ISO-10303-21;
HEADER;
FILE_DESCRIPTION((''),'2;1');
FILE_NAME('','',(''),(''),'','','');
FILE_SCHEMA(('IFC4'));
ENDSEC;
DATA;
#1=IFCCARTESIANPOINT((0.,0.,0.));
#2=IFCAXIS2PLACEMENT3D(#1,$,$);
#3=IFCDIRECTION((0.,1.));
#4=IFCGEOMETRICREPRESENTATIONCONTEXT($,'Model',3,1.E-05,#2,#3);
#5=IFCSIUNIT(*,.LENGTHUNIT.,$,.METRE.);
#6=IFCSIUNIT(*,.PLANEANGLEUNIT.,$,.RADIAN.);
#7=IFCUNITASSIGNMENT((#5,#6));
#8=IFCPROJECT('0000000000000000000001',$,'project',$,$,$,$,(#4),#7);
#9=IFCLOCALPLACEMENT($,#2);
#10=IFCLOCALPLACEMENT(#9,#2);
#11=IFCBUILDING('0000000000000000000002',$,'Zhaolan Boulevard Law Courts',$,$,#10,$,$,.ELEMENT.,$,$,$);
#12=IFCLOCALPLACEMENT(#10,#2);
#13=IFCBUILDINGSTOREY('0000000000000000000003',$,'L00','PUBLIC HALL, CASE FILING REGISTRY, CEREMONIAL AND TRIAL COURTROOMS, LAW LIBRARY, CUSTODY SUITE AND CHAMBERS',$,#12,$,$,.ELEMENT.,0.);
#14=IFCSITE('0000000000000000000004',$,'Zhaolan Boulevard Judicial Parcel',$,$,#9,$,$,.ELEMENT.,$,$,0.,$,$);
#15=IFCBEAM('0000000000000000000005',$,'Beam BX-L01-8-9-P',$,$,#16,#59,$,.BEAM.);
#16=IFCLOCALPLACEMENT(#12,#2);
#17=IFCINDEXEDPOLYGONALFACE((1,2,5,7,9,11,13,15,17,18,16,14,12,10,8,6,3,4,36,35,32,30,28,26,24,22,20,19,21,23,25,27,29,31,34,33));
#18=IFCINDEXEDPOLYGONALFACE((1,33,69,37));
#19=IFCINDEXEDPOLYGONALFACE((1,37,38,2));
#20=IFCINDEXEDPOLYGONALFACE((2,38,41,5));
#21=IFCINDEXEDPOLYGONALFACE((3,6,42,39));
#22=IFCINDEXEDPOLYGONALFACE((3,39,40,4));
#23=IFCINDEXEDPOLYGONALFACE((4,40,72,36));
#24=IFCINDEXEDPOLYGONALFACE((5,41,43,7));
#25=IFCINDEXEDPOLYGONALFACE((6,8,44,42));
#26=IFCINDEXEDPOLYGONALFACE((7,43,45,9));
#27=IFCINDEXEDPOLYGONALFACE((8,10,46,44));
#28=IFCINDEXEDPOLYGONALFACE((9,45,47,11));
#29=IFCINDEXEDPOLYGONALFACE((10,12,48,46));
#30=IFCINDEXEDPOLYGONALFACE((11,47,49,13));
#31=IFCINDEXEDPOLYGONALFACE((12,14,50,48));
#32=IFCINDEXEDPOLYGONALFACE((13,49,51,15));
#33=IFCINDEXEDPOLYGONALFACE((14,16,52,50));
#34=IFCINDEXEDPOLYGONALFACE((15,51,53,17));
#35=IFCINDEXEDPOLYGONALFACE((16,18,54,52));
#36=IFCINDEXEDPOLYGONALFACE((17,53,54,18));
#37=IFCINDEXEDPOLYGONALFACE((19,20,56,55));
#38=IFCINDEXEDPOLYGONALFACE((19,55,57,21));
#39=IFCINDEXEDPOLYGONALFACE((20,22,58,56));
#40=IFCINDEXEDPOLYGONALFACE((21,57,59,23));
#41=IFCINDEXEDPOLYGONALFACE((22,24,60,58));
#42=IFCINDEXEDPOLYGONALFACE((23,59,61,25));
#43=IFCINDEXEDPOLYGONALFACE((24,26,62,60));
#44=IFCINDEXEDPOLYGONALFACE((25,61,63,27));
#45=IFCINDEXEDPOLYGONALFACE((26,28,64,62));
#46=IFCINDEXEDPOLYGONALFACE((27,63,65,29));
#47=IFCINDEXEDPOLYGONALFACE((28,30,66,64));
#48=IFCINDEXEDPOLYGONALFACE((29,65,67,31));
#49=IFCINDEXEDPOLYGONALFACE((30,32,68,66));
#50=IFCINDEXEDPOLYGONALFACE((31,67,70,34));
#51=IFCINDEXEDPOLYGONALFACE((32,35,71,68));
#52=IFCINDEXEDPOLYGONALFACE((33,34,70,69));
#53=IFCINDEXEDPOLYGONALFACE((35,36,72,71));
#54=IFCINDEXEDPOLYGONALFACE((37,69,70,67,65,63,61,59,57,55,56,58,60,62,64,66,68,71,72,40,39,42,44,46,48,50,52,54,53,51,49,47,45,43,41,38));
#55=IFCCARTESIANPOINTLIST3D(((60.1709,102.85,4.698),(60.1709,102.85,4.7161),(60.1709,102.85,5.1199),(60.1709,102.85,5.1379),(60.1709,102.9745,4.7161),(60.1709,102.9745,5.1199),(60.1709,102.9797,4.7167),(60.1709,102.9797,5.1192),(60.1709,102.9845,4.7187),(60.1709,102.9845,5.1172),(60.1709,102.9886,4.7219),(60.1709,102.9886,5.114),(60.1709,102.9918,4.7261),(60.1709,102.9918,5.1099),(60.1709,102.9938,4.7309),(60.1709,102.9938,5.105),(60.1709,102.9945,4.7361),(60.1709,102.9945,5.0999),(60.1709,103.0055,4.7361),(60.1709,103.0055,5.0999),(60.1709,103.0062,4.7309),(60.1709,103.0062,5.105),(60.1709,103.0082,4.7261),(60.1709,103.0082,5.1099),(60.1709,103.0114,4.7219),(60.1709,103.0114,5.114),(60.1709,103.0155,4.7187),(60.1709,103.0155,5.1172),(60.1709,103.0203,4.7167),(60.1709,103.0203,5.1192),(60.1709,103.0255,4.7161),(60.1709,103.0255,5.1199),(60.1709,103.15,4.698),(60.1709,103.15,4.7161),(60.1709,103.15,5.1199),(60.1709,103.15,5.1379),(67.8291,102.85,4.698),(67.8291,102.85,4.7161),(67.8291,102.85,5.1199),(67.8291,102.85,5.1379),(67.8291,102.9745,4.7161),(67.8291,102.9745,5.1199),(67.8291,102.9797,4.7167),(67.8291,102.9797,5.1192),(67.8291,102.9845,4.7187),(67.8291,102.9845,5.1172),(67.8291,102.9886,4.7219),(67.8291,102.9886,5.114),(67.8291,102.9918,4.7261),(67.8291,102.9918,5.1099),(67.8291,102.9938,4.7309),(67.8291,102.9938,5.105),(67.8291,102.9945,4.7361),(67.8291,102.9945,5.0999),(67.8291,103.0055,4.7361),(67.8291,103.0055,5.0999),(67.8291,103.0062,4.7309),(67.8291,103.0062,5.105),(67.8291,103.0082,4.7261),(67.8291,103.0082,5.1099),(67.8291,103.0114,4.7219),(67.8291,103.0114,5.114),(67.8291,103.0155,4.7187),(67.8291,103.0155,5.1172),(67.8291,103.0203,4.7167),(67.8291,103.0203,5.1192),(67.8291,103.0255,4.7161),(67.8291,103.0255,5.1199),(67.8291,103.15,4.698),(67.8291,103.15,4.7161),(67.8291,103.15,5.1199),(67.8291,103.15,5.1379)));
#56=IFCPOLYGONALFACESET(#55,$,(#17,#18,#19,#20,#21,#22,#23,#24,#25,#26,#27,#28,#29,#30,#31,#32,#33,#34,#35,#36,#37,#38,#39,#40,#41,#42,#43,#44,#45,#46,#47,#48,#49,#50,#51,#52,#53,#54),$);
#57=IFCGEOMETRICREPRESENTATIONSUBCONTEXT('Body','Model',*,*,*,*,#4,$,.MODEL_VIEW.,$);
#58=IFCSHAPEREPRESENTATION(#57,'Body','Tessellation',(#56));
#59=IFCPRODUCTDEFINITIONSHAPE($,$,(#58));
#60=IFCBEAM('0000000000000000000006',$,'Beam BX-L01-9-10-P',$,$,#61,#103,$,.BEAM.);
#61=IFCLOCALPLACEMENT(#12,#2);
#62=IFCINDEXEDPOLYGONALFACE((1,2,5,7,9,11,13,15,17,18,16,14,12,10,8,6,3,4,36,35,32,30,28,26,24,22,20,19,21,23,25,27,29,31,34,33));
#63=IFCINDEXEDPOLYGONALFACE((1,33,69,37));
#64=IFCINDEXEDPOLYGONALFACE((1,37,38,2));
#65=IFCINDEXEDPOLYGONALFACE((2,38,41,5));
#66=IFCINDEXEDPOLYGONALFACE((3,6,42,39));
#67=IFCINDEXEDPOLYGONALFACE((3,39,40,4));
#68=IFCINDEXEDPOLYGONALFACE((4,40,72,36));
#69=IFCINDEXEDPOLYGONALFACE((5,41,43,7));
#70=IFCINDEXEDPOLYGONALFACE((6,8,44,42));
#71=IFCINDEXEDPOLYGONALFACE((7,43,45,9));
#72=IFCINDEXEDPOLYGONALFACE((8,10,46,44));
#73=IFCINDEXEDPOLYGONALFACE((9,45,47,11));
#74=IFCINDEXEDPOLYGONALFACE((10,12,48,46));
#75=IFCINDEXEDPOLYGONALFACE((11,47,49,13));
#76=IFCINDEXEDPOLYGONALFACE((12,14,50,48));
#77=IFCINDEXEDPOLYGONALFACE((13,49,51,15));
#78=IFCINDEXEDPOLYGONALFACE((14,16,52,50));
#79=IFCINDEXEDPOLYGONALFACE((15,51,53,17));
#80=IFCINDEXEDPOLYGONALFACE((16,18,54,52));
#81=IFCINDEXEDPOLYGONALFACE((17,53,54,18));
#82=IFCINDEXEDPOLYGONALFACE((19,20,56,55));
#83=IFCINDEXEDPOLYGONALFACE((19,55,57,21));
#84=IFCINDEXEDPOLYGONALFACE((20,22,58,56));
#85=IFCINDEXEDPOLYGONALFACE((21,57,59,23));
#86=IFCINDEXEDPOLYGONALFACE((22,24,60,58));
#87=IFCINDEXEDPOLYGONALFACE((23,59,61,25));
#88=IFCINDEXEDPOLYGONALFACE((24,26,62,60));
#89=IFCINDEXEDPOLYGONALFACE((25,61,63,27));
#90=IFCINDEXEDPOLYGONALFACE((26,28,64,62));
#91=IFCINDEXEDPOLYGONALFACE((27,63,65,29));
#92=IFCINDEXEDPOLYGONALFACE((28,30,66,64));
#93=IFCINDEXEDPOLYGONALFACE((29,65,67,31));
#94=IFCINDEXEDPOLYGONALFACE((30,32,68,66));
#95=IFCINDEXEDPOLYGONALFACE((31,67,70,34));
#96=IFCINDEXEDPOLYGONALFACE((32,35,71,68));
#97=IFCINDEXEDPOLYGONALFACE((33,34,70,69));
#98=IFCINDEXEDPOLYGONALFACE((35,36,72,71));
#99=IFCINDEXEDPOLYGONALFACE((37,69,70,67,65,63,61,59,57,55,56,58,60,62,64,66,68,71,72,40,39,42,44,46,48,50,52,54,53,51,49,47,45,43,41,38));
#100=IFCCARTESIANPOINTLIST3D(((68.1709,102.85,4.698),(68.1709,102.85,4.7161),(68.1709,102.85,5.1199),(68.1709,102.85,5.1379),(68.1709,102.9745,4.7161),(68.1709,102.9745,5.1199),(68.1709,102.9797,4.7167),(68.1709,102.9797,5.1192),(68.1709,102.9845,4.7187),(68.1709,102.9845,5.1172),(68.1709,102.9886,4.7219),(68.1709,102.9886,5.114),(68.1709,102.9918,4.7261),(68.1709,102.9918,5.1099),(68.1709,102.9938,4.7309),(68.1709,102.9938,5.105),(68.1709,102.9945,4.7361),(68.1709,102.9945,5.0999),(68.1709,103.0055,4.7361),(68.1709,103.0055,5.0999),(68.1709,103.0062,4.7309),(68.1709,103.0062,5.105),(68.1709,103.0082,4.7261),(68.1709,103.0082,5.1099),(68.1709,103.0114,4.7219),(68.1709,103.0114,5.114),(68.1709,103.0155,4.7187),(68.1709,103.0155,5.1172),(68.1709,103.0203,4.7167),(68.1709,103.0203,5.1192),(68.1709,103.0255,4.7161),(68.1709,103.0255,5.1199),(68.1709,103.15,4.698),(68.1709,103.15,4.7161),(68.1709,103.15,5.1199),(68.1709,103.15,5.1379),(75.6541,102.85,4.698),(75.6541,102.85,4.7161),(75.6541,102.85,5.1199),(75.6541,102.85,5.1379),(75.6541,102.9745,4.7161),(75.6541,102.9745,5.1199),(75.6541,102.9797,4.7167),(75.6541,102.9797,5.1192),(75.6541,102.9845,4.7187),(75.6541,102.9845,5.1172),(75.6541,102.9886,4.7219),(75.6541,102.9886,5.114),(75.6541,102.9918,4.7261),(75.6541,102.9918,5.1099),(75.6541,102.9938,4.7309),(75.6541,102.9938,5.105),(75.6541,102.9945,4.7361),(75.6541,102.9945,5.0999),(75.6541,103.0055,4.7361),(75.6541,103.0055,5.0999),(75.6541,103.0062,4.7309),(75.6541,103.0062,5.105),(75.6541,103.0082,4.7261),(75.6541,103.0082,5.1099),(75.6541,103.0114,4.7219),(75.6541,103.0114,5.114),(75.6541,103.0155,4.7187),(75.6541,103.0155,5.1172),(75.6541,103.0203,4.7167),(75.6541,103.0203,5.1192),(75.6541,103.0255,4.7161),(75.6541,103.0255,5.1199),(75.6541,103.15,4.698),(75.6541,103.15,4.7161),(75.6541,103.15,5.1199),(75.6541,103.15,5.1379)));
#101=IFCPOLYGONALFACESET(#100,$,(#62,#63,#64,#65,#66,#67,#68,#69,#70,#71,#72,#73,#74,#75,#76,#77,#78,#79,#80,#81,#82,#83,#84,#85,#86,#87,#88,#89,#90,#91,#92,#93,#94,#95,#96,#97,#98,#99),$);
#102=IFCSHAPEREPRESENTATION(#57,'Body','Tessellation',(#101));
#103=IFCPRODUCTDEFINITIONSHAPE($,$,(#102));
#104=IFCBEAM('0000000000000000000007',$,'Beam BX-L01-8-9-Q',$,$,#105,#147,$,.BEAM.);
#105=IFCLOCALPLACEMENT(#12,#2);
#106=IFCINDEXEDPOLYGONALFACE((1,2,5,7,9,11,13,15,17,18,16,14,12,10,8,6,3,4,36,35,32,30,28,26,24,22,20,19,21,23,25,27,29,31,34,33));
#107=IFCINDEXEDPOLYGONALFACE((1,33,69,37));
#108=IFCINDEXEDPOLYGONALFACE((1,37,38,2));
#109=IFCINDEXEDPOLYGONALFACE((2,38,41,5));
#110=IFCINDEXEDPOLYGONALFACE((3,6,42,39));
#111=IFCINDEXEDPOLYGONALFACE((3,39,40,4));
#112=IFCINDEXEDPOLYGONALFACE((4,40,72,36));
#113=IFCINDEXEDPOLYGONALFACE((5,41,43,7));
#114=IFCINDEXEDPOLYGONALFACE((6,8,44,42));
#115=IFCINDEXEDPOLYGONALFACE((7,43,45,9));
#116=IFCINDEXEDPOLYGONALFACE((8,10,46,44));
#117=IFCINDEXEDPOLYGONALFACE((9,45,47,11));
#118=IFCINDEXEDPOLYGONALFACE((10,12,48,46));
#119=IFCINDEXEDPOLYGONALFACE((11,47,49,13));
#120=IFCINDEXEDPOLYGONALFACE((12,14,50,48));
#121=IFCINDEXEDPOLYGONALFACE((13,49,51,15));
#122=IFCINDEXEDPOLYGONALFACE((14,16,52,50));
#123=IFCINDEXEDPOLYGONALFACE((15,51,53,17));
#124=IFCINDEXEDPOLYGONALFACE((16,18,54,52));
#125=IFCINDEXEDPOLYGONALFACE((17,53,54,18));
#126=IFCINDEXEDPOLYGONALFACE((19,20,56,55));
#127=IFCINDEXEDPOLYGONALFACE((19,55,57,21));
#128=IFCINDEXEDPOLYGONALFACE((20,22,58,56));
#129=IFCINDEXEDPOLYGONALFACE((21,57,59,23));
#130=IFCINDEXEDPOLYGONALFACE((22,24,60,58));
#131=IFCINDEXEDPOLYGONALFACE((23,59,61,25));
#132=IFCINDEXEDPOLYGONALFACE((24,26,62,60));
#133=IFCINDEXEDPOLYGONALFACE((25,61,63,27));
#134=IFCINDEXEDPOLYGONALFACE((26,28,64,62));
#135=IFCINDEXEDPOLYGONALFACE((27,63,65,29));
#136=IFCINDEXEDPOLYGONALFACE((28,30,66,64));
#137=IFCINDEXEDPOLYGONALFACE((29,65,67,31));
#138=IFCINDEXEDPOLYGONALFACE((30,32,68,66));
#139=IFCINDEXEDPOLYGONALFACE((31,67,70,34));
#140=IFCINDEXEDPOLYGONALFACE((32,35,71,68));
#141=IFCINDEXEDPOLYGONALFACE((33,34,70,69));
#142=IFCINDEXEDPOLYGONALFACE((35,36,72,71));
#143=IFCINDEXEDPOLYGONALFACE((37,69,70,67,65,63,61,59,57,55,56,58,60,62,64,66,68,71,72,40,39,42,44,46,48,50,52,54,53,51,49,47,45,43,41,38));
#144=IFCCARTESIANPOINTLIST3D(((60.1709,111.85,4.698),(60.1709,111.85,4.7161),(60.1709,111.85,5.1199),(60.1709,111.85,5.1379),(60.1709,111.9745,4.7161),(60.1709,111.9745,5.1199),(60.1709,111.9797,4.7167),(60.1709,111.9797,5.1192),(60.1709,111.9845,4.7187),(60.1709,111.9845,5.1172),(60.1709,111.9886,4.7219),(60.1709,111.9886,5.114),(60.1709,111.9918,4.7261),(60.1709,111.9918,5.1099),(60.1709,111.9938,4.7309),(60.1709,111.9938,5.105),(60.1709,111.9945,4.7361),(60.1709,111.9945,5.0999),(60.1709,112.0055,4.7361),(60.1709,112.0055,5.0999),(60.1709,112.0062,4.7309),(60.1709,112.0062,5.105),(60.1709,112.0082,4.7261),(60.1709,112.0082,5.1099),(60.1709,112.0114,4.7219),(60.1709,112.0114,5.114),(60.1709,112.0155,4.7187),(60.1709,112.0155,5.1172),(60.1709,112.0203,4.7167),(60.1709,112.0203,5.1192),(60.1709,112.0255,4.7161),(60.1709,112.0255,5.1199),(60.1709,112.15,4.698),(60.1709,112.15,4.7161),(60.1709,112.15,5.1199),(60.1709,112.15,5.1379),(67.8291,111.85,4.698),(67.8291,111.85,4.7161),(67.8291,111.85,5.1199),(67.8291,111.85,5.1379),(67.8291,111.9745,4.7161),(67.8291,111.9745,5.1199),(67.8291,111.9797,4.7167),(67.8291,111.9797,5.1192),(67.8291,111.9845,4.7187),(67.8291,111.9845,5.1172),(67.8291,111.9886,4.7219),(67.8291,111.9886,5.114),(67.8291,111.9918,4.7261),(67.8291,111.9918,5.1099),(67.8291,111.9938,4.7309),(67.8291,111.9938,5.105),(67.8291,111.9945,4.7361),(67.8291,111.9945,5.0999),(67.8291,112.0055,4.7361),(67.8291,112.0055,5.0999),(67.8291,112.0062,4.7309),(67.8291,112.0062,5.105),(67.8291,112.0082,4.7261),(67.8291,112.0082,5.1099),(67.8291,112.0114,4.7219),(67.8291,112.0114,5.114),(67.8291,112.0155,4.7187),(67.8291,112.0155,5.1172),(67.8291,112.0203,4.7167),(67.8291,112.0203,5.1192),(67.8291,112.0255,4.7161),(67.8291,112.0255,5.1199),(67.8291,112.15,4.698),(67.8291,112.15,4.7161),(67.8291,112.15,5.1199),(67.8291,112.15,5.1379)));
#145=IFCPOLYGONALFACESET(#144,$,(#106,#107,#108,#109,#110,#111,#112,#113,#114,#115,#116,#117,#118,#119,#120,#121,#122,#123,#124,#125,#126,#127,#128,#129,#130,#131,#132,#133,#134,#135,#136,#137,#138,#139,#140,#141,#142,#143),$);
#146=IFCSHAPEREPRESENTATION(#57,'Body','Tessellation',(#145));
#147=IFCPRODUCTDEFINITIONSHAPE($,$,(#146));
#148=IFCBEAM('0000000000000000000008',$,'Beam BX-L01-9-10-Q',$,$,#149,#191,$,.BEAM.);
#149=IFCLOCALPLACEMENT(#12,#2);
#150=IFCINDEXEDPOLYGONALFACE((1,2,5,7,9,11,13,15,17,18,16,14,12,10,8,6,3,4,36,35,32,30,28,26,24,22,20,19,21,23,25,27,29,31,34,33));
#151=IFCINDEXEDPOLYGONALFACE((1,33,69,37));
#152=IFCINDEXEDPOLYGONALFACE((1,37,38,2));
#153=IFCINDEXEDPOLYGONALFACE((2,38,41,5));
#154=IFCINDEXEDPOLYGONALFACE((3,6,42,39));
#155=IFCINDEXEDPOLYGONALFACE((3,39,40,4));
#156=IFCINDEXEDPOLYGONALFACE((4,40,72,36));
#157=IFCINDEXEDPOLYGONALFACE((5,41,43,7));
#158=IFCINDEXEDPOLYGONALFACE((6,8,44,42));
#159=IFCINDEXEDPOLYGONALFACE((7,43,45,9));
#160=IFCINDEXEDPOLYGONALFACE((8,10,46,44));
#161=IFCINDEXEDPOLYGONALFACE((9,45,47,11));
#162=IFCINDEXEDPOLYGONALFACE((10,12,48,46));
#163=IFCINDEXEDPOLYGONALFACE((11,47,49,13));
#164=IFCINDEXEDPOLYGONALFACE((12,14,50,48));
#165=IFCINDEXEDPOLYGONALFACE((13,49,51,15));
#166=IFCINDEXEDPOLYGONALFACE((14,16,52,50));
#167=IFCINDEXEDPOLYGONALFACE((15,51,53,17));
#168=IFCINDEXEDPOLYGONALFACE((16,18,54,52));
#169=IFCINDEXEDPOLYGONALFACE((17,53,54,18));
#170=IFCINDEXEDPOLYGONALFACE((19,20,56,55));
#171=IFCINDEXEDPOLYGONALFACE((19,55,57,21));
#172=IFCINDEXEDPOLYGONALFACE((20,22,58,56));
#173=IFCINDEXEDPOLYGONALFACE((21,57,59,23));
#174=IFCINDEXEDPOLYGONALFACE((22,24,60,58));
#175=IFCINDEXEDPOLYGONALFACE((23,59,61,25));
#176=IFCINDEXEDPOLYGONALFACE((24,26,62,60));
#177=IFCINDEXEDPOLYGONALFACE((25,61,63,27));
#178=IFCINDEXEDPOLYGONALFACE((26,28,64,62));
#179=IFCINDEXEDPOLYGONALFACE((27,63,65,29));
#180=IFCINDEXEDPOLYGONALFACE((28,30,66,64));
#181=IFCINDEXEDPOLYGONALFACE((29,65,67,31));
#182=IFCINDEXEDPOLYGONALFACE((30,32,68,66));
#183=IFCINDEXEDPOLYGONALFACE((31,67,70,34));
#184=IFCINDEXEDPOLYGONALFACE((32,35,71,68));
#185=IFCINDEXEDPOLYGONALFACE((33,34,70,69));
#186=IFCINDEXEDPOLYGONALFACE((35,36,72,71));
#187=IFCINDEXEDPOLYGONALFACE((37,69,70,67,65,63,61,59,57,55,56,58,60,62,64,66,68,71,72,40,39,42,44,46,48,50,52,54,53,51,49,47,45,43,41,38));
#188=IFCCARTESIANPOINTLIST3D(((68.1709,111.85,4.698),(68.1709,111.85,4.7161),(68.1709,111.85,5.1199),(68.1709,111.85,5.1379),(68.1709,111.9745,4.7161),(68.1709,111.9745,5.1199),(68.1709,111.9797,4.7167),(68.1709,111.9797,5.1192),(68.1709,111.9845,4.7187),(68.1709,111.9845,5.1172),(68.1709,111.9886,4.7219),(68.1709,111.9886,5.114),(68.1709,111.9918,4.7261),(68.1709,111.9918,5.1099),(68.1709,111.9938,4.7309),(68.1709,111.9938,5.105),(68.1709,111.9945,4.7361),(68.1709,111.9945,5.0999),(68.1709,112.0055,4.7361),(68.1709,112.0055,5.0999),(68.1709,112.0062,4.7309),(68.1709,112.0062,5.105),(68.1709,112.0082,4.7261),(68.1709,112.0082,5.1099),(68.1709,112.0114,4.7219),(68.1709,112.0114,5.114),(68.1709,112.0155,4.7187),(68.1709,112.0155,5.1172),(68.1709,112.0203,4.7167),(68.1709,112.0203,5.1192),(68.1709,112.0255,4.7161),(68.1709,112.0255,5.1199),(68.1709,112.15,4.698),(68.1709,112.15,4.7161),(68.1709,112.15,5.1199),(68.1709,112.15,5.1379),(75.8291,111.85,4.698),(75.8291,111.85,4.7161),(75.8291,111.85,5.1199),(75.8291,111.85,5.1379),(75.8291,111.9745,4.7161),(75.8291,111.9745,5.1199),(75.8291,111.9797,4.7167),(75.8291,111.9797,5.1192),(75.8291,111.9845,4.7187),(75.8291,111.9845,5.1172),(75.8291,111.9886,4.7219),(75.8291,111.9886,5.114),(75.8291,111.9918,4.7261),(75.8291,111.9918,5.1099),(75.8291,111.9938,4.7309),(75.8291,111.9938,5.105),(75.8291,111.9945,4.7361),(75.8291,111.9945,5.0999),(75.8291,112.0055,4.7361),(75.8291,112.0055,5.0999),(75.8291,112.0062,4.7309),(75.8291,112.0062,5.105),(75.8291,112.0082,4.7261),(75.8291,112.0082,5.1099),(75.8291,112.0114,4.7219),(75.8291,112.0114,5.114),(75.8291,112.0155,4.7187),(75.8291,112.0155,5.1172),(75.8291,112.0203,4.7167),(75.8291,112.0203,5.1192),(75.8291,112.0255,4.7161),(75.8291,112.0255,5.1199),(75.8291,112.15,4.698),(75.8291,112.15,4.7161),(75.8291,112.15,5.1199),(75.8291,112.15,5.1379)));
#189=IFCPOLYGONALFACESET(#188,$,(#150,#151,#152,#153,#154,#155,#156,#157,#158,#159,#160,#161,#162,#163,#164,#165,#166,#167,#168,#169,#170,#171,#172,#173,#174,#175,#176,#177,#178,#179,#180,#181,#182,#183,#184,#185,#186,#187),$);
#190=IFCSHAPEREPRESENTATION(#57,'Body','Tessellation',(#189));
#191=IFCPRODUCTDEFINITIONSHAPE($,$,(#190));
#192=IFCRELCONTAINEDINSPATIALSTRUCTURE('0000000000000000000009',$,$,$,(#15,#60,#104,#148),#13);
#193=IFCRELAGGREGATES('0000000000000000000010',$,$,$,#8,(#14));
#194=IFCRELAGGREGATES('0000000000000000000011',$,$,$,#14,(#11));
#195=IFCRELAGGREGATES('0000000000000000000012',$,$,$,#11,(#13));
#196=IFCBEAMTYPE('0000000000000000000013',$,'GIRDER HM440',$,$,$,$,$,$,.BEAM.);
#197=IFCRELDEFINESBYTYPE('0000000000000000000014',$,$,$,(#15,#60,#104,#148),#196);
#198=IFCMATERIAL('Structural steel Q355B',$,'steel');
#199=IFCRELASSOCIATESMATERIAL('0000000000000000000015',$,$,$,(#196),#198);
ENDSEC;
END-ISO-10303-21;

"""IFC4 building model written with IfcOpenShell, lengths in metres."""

from ifc_helpers import new_model, si_unit, direction, frame, origin, origin_2d, place, context, subcontext, project, spatial, i_section, extrude, material, material_profile, profile_set, type_object, element, save


model = new_model("IFC4")

# Units and contexts
model_context = context("Model", 3, precision=1e-05, world=origin(), true_north=direction((0.0, 1.0)))
body_context = subcontext(model_context, "Body", "Model", "MODEL_VIEW")
ifc_project = project(units=[si_unit("LENGTHUNIT", "METRE"), si_unit("PLANEANGLEUNIT", "RADIAN")], contexts=[model_context])

# Site, building, storey
site_placement = place(None, origin())
site = spatial("IfcSite", under=ifc_project, at=site_placement, Name="Zhaolan Boulevard Judicial Parcel", CompositionType="ELEMENT", RefElevation=0.0)
building_placement = place(site_placement, origin())
building = spatial("IfcBuilding", under=site, at=building_placement, Name="Zhaolan Boulevard Law Courts", CompositionType="ELEMENT")
storey_placement = place(building_placement, origin())
storey = spatial("IfcBuildingStorey", under=building, at=storey_placement, Name="L00", Description="PUBLIC HALL, CASE FILING REGISTRY, CEREMONIAL AND TRIAL COURTROOMS, LAW LIBRARY, CUSTODY SUITE AND CHAMBERS", CompositionType="ELEMENT", Elevation=0.0)

# Beams
ifc_material_1 = material(Name="Structural steel Q355B", Category="steel")
ifc_material_profile_1 = material_profile(ifc_material_1, i_section(OverallWidth=0.3, OverallDepth=0.4399, WebThickness=0.011, FlangeThickness=0.0181, FilletRadius=0.02, at=origin_2d()), Name="HM440x300")
ifc_profile_set_1 = profile_set([ifc_material_profile_1], Name="Structural steel Q355B")
beam_type_1 = type_object("IfcBeamType", Name="GIRDER HM440", PredefinedType="BEAM", material=ifc_profile_set_1)
beam_1_placement = place(storey_placement, frame((60.1709, 103.0, 4.918), z_axis=(1.0, 0.0, 0.0), x_axis=(0.0, 1.0, 0.0)))
element("IfcBeam", 1, at=beam_1_placement, inside=storey, type_object=beam_type_1, Name="Beam BX-L01-8-9-P", PredefinedType="BEAM", context=body_context, shape_type="SweptSolid", body=[
    extrude(i_section(OverallWidth=0.3, OverallDepth=0.4399, WebThickness=0.011, FlangeThickness=0.0181, FilletRadius=0.02, at=origin_2d()), origin(), (0.0, 0.0, 1.0), 7.6582),
])
beam_2_placement = place(storey_placement, frame((68.1709, 103.0, 4.918), z_axis=(1.0, 0.0, 0.0), x_axis=(0.0, 1.0, 0.0)))
element("IfcBeam", 2, at=beam_2_placement, inside=storey, type_object=beam_type_1, Name="Beam BX-L01-9-10-P", PredefinedType="BEAM", context=body_context, shape_type="SweptSolid", body=[
    extrude(i_section(OverallWidth=0.3, OverallDepth=0.4399, WebThickness=0.011, FlangeThickness=0.0181, FilletRadius=0.02, at=origin_2d()), origin(), (0.0, 0.0, 1.0), 7.4832),
])
for number, where, z_axis, x_axis, name in (
    (3, (60.1709, 112.0, 4.918), (1.0, 0.0, 0.0), (0.0, 1.0, 0.0), "Beam BX-L01-8-9-Q"),
    (4, (68.1709, 112.0, 4.918), (1.0, 0.0, 0.0), (0.0, 1.0, 0.0), "Beam BX-L01-9-10-Q"),
):
    element("IfcBeam", number, at=place(storey_placement, frame(where, z_axis=z_axis, x_axis=x_axis)), inside=storey, type_object=beam_type_1, Name=name, PredefinedType="BEAM", context=body_context, shape_type="SweptSolid", body=[
        extrude(i_section(OverallWidth=0.3, OverallDepth=0.4399, WebThickness=0.011, FlangeThickness=0.0181, FilletRadius=0.02, at=origin_2d()), origin(), (0.0, 0.0, 1.0), 7.6582),
    ])

save(model, "model.ifc")
